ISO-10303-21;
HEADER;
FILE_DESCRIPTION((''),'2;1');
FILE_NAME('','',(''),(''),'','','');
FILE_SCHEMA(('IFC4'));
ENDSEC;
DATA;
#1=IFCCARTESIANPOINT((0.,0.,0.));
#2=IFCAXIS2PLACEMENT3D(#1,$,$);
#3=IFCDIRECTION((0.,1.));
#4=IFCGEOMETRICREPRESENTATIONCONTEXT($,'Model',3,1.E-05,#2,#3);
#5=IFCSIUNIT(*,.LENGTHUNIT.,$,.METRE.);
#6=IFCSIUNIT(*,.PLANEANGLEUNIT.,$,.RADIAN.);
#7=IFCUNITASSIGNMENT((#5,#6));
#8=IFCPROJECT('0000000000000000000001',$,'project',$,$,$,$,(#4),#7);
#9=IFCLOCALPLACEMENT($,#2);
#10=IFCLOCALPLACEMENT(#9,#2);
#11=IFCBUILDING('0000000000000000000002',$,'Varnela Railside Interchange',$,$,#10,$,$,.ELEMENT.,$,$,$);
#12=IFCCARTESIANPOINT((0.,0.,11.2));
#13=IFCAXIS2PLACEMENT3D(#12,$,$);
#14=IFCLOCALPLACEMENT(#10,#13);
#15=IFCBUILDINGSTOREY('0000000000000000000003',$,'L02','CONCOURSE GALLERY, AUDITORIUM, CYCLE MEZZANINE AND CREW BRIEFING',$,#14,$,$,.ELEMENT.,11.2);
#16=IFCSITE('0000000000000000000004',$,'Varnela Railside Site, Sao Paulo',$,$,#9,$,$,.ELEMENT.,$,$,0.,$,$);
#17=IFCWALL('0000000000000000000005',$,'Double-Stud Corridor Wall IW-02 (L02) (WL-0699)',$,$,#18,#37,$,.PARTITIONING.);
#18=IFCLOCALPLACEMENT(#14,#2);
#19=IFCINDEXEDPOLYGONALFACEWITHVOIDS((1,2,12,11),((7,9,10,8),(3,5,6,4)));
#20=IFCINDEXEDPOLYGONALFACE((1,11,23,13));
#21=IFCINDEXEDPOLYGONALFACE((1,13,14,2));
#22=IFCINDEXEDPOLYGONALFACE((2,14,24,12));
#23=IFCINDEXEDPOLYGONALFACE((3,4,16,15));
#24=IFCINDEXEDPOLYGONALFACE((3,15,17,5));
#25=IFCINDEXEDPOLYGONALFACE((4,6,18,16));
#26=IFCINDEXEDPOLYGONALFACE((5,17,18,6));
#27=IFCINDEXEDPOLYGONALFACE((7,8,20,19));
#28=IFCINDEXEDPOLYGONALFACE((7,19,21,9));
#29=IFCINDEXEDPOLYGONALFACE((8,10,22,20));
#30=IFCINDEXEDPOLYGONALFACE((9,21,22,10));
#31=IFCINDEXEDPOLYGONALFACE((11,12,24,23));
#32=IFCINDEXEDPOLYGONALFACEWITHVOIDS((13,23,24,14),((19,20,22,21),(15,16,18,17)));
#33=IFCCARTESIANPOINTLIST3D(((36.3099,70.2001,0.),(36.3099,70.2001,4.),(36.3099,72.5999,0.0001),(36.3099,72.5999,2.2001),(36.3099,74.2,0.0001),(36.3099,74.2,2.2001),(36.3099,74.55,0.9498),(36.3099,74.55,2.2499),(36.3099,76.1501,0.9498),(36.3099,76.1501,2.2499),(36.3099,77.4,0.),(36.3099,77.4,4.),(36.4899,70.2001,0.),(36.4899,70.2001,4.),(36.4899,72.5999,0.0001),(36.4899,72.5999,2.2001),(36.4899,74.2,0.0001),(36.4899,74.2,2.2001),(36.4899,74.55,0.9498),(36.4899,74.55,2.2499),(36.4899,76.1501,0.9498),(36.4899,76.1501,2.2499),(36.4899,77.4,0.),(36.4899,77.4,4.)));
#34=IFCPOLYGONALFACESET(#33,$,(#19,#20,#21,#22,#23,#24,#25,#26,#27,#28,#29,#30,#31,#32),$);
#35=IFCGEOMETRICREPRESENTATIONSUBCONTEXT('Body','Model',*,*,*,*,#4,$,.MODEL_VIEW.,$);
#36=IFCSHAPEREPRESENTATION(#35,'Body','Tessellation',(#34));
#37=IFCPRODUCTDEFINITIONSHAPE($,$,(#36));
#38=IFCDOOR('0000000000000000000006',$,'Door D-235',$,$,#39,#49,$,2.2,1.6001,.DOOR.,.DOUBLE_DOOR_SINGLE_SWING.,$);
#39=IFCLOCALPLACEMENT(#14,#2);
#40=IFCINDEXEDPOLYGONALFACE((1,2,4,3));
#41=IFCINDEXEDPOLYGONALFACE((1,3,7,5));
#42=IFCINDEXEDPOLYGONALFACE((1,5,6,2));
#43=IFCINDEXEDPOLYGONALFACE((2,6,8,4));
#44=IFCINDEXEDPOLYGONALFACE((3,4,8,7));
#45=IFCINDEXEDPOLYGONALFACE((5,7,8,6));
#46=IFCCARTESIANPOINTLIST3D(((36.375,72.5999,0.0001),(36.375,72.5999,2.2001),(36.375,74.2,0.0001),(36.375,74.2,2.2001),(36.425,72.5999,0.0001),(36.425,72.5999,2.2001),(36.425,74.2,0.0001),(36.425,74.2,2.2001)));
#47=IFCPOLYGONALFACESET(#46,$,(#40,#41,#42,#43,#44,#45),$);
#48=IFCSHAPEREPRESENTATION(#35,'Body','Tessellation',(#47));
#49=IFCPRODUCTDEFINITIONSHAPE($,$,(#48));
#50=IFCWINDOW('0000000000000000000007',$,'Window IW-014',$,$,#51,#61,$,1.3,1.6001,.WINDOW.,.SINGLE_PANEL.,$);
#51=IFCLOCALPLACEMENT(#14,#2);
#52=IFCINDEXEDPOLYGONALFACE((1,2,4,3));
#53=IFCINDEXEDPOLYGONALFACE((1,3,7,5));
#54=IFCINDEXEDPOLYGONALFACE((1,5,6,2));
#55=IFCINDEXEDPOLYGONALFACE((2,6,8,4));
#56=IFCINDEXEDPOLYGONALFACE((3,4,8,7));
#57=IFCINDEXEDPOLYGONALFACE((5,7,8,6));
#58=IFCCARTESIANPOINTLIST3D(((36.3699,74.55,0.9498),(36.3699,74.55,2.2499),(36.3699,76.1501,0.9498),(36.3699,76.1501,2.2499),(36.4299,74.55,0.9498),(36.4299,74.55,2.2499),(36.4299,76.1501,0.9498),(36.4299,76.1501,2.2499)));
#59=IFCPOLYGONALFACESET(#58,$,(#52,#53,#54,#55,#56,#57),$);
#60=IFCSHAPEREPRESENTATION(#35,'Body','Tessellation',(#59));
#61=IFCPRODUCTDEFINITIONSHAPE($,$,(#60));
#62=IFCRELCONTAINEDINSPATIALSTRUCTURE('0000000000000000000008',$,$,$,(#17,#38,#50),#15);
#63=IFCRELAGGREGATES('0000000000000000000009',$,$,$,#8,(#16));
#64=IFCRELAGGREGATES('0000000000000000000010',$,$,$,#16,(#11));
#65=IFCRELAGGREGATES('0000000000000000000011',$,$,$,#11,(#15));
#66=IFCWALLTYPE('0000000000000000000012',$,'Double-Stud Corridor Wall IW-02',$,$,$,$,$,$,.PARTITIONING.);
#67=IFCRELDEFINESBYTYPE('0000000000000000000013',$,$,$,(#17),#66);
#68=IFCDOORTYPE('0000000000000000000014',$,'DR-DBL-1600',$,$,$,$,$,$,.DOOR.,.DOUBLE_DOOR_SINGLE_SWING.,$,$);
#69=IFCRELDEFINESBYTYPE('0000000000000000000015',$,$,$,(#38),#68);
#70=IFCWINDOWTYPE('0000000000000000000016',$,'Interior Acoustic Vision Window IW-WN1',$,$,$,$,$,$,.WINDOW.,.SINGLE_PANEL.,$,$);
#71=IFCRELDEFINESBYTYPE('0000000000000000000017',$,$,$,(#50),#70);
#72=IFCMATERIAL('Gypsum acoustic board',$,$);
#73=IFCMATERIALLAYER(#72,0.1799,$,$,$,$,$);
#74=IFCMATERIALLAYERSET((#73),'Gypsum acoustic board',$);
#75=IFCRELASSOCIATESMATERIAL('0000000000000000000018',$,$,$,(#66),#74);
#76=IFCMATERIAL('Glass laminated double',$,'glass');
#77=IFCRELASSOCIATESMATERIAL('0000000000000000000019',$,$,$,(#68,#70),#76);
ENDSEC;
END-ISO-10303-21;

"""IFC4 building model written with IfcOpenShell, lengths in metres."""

from ifc_helpers import new_model, si_unit, direction, frame, frame_2d, origin, place, context, subcontext, project, spatial, rectangle, extrude, material, layer, layer_set, type_object, element, fill, save


model = new_model("IFC4")

# Units and contexts
model_context = context("Model", 3, precision=1e-05, world=origin(), true_north=direction((0.0, 1.0)))
body_context = subcontext(model_context, "Body", "Model", "MODEL_VIEW")
ifc_project = project(units=[si_unit("LENGTHUNIT", "METRE"), si_unit("PLANEANGLEUNIT", "RADIAN")], contexts=[model_context])

# Site, building, storey
site_placement = place(None, origin())
site = spatial("IfcSite", under=ifc_project, at=site_placement, Name="Varnela Railside Site, Sao Paulo", CompositionType="ELEMENT", RefElevation=0.0)
building_placement = place(site_placement, origin())
building = spatial("IfcBuilding", under=site, at=building_placement, Name="Varnela Railside Interchange", CompositionType="ELEMENT")
storey_placement = place(building_placement, frame((0.0, 0.0, 11.2)))
storey = spatial("IfcBuildingStorey", under=building, at=storey_placement, Name="L02", Description="CONCOURSE GALLERY, AUDITORIUM, CYCLE MEZZANINE AND CREW BRIEFING", CompositionType="ELEMENT", Elevation=11.2)

# Wall, openings, door, window
ifc_material_1 = material(Name="Gypsum acoustic board")
ifc_layer_1 = layer(ifc_material_1, 0.1799)
ifc_layer_set_1 = layer_set([ifc_layer_1], Name="Gypsum acoustic board")
wall_type_1 = type_object("IfcWallType", Name="Double-Stud Corridor Wall IW-02", PredefinedType="PARTITIONING", material=ifc_layer_set_1)
wall_1_placement = place(storey_placement, frame((36.3999, 70.2, 0.0), z_axis=(0.0, 0.0, 1.0), x_axis=(0.0, 1.0, 0.0)))
wall_1 = element("IfcWall", 1, at=wall_1_placement, inside=storey, type_object=wall_type_1, Name="Double-Stud Corridor Wall IW-02 (L02) (WL-0699)", PredefinedType="PARTITIONING", context=body_context, shape_type="SweptSolid", body=[
    extrude(rectangle(XDim=7.2, YDim=0.1799, at=frame_2d((3.6001, 0.0))), origin(), (0.0, 0.0, 1.0), 4.0),
])
opening_1_placement = place(wall_1_placement, frame((2.3999, 0.0, 0.0)))
opening_1 = element("IfcOpeningElement", 2, at=opening_1_placement, cuts=wall_1, PredefinedType="OPENING", context=body_context, shape_type="SweptSolid", body=[
    extrude(rectangle(XDim=1.6001, YDim=2.2, at=frame_2d((0.8, 1.1001))), frame((0.0, 0.0999, 0.0), z_axis=(0.0, -1.0, 0.0), x_axis=(1.0, 0.0, 0.0)), (0.0, 0.0, 1.0), 0.2),
])
opening_2_placement = place(wall_1_placement, frame((4.3501, 0.0, 0.95)))
opening_2 = element("IfcOpeningElement", 3, at=opening_2_placement, cuts=wall_1, PredefinedType="OPENING", context=body_context, shape_type="SweptSolid", body=[
    extrude(rectangle(XDim=1.6001, YDim=1.3, at=frame_2d((0.8, 0.6499))), frame((0.0, 0.0999, 0.0), z_axis=(0.0, -1.0, 0.0), x_axis=(1.0, 0.0, 0.0)), (0.0, 0.0, 1.0), 0.2),
])
ifc_material_2 = material(Name="Glass laminated double", Category="glass")
door_type = type_object("IfcDoorType", Name="DR-DBL-1600", OperationType="DOUBLE_DOOR_SINGLE_SWING", PredefinedType="DOOR", material=ifc_material_2)
door_placement = place(opening_1_placement, origin())
door = element("IfcDoor", 4, at=door_placement, inside=storey, type_object=door_type, Name="Door D-235", OperationType="DOUBLE_DOOR_SINGLE_SWING", OverallHeight=2.2, OverallWidth=1.6001, PredefinedType="DOOR", context=body_context, shape_type="SweptSolid", body=[
    extrude(rectangle(XDim=1.6001, YDim=2.2, at=frame_2d((0.8, 1.1001))), frame((0.0, 0.0249, 0.0), z_axis=(0.0, -1.0, 0.0), x_axis=(1.0, 0.0, 0.0)), (0.0, 0.0, 1.0), 0.05),
])
fill(opening_1, door)
window_type = type_object("IfcWindowType", Name="Interior Acoustic Vision Window IW-WN1", PartitioningType="SINGLE_PANEL", PredefinedType="WINDOW", material=ifc_material_2)
window_placement = place(opening_2_placement, origin())
window = element("IfcWindow", 5, at=window_placement, inside=storey, type_object=window_type, Name="Window IW-014", OverallHeight=1.3, OverallWidth=1.6001, PartitioningType="SINGLE_PANEL", PredefinedType="WINDOW", context=body_context, shape_type="SweptSolid", body=[
    extrude(rectangle(XDim=1.6001, YDim=1.3, at=frame_2d((0.8, 0.6499))), frame((0.0, 0.03, 0.0), z_axis=(0.0, -1.0, 0.0), x_axis=(1.0, 0.0, 0.0)), (0.0, 0.0, 1.0), 0.0601),
])
fill(opening_2, window)

save(model, "model.ifc")
